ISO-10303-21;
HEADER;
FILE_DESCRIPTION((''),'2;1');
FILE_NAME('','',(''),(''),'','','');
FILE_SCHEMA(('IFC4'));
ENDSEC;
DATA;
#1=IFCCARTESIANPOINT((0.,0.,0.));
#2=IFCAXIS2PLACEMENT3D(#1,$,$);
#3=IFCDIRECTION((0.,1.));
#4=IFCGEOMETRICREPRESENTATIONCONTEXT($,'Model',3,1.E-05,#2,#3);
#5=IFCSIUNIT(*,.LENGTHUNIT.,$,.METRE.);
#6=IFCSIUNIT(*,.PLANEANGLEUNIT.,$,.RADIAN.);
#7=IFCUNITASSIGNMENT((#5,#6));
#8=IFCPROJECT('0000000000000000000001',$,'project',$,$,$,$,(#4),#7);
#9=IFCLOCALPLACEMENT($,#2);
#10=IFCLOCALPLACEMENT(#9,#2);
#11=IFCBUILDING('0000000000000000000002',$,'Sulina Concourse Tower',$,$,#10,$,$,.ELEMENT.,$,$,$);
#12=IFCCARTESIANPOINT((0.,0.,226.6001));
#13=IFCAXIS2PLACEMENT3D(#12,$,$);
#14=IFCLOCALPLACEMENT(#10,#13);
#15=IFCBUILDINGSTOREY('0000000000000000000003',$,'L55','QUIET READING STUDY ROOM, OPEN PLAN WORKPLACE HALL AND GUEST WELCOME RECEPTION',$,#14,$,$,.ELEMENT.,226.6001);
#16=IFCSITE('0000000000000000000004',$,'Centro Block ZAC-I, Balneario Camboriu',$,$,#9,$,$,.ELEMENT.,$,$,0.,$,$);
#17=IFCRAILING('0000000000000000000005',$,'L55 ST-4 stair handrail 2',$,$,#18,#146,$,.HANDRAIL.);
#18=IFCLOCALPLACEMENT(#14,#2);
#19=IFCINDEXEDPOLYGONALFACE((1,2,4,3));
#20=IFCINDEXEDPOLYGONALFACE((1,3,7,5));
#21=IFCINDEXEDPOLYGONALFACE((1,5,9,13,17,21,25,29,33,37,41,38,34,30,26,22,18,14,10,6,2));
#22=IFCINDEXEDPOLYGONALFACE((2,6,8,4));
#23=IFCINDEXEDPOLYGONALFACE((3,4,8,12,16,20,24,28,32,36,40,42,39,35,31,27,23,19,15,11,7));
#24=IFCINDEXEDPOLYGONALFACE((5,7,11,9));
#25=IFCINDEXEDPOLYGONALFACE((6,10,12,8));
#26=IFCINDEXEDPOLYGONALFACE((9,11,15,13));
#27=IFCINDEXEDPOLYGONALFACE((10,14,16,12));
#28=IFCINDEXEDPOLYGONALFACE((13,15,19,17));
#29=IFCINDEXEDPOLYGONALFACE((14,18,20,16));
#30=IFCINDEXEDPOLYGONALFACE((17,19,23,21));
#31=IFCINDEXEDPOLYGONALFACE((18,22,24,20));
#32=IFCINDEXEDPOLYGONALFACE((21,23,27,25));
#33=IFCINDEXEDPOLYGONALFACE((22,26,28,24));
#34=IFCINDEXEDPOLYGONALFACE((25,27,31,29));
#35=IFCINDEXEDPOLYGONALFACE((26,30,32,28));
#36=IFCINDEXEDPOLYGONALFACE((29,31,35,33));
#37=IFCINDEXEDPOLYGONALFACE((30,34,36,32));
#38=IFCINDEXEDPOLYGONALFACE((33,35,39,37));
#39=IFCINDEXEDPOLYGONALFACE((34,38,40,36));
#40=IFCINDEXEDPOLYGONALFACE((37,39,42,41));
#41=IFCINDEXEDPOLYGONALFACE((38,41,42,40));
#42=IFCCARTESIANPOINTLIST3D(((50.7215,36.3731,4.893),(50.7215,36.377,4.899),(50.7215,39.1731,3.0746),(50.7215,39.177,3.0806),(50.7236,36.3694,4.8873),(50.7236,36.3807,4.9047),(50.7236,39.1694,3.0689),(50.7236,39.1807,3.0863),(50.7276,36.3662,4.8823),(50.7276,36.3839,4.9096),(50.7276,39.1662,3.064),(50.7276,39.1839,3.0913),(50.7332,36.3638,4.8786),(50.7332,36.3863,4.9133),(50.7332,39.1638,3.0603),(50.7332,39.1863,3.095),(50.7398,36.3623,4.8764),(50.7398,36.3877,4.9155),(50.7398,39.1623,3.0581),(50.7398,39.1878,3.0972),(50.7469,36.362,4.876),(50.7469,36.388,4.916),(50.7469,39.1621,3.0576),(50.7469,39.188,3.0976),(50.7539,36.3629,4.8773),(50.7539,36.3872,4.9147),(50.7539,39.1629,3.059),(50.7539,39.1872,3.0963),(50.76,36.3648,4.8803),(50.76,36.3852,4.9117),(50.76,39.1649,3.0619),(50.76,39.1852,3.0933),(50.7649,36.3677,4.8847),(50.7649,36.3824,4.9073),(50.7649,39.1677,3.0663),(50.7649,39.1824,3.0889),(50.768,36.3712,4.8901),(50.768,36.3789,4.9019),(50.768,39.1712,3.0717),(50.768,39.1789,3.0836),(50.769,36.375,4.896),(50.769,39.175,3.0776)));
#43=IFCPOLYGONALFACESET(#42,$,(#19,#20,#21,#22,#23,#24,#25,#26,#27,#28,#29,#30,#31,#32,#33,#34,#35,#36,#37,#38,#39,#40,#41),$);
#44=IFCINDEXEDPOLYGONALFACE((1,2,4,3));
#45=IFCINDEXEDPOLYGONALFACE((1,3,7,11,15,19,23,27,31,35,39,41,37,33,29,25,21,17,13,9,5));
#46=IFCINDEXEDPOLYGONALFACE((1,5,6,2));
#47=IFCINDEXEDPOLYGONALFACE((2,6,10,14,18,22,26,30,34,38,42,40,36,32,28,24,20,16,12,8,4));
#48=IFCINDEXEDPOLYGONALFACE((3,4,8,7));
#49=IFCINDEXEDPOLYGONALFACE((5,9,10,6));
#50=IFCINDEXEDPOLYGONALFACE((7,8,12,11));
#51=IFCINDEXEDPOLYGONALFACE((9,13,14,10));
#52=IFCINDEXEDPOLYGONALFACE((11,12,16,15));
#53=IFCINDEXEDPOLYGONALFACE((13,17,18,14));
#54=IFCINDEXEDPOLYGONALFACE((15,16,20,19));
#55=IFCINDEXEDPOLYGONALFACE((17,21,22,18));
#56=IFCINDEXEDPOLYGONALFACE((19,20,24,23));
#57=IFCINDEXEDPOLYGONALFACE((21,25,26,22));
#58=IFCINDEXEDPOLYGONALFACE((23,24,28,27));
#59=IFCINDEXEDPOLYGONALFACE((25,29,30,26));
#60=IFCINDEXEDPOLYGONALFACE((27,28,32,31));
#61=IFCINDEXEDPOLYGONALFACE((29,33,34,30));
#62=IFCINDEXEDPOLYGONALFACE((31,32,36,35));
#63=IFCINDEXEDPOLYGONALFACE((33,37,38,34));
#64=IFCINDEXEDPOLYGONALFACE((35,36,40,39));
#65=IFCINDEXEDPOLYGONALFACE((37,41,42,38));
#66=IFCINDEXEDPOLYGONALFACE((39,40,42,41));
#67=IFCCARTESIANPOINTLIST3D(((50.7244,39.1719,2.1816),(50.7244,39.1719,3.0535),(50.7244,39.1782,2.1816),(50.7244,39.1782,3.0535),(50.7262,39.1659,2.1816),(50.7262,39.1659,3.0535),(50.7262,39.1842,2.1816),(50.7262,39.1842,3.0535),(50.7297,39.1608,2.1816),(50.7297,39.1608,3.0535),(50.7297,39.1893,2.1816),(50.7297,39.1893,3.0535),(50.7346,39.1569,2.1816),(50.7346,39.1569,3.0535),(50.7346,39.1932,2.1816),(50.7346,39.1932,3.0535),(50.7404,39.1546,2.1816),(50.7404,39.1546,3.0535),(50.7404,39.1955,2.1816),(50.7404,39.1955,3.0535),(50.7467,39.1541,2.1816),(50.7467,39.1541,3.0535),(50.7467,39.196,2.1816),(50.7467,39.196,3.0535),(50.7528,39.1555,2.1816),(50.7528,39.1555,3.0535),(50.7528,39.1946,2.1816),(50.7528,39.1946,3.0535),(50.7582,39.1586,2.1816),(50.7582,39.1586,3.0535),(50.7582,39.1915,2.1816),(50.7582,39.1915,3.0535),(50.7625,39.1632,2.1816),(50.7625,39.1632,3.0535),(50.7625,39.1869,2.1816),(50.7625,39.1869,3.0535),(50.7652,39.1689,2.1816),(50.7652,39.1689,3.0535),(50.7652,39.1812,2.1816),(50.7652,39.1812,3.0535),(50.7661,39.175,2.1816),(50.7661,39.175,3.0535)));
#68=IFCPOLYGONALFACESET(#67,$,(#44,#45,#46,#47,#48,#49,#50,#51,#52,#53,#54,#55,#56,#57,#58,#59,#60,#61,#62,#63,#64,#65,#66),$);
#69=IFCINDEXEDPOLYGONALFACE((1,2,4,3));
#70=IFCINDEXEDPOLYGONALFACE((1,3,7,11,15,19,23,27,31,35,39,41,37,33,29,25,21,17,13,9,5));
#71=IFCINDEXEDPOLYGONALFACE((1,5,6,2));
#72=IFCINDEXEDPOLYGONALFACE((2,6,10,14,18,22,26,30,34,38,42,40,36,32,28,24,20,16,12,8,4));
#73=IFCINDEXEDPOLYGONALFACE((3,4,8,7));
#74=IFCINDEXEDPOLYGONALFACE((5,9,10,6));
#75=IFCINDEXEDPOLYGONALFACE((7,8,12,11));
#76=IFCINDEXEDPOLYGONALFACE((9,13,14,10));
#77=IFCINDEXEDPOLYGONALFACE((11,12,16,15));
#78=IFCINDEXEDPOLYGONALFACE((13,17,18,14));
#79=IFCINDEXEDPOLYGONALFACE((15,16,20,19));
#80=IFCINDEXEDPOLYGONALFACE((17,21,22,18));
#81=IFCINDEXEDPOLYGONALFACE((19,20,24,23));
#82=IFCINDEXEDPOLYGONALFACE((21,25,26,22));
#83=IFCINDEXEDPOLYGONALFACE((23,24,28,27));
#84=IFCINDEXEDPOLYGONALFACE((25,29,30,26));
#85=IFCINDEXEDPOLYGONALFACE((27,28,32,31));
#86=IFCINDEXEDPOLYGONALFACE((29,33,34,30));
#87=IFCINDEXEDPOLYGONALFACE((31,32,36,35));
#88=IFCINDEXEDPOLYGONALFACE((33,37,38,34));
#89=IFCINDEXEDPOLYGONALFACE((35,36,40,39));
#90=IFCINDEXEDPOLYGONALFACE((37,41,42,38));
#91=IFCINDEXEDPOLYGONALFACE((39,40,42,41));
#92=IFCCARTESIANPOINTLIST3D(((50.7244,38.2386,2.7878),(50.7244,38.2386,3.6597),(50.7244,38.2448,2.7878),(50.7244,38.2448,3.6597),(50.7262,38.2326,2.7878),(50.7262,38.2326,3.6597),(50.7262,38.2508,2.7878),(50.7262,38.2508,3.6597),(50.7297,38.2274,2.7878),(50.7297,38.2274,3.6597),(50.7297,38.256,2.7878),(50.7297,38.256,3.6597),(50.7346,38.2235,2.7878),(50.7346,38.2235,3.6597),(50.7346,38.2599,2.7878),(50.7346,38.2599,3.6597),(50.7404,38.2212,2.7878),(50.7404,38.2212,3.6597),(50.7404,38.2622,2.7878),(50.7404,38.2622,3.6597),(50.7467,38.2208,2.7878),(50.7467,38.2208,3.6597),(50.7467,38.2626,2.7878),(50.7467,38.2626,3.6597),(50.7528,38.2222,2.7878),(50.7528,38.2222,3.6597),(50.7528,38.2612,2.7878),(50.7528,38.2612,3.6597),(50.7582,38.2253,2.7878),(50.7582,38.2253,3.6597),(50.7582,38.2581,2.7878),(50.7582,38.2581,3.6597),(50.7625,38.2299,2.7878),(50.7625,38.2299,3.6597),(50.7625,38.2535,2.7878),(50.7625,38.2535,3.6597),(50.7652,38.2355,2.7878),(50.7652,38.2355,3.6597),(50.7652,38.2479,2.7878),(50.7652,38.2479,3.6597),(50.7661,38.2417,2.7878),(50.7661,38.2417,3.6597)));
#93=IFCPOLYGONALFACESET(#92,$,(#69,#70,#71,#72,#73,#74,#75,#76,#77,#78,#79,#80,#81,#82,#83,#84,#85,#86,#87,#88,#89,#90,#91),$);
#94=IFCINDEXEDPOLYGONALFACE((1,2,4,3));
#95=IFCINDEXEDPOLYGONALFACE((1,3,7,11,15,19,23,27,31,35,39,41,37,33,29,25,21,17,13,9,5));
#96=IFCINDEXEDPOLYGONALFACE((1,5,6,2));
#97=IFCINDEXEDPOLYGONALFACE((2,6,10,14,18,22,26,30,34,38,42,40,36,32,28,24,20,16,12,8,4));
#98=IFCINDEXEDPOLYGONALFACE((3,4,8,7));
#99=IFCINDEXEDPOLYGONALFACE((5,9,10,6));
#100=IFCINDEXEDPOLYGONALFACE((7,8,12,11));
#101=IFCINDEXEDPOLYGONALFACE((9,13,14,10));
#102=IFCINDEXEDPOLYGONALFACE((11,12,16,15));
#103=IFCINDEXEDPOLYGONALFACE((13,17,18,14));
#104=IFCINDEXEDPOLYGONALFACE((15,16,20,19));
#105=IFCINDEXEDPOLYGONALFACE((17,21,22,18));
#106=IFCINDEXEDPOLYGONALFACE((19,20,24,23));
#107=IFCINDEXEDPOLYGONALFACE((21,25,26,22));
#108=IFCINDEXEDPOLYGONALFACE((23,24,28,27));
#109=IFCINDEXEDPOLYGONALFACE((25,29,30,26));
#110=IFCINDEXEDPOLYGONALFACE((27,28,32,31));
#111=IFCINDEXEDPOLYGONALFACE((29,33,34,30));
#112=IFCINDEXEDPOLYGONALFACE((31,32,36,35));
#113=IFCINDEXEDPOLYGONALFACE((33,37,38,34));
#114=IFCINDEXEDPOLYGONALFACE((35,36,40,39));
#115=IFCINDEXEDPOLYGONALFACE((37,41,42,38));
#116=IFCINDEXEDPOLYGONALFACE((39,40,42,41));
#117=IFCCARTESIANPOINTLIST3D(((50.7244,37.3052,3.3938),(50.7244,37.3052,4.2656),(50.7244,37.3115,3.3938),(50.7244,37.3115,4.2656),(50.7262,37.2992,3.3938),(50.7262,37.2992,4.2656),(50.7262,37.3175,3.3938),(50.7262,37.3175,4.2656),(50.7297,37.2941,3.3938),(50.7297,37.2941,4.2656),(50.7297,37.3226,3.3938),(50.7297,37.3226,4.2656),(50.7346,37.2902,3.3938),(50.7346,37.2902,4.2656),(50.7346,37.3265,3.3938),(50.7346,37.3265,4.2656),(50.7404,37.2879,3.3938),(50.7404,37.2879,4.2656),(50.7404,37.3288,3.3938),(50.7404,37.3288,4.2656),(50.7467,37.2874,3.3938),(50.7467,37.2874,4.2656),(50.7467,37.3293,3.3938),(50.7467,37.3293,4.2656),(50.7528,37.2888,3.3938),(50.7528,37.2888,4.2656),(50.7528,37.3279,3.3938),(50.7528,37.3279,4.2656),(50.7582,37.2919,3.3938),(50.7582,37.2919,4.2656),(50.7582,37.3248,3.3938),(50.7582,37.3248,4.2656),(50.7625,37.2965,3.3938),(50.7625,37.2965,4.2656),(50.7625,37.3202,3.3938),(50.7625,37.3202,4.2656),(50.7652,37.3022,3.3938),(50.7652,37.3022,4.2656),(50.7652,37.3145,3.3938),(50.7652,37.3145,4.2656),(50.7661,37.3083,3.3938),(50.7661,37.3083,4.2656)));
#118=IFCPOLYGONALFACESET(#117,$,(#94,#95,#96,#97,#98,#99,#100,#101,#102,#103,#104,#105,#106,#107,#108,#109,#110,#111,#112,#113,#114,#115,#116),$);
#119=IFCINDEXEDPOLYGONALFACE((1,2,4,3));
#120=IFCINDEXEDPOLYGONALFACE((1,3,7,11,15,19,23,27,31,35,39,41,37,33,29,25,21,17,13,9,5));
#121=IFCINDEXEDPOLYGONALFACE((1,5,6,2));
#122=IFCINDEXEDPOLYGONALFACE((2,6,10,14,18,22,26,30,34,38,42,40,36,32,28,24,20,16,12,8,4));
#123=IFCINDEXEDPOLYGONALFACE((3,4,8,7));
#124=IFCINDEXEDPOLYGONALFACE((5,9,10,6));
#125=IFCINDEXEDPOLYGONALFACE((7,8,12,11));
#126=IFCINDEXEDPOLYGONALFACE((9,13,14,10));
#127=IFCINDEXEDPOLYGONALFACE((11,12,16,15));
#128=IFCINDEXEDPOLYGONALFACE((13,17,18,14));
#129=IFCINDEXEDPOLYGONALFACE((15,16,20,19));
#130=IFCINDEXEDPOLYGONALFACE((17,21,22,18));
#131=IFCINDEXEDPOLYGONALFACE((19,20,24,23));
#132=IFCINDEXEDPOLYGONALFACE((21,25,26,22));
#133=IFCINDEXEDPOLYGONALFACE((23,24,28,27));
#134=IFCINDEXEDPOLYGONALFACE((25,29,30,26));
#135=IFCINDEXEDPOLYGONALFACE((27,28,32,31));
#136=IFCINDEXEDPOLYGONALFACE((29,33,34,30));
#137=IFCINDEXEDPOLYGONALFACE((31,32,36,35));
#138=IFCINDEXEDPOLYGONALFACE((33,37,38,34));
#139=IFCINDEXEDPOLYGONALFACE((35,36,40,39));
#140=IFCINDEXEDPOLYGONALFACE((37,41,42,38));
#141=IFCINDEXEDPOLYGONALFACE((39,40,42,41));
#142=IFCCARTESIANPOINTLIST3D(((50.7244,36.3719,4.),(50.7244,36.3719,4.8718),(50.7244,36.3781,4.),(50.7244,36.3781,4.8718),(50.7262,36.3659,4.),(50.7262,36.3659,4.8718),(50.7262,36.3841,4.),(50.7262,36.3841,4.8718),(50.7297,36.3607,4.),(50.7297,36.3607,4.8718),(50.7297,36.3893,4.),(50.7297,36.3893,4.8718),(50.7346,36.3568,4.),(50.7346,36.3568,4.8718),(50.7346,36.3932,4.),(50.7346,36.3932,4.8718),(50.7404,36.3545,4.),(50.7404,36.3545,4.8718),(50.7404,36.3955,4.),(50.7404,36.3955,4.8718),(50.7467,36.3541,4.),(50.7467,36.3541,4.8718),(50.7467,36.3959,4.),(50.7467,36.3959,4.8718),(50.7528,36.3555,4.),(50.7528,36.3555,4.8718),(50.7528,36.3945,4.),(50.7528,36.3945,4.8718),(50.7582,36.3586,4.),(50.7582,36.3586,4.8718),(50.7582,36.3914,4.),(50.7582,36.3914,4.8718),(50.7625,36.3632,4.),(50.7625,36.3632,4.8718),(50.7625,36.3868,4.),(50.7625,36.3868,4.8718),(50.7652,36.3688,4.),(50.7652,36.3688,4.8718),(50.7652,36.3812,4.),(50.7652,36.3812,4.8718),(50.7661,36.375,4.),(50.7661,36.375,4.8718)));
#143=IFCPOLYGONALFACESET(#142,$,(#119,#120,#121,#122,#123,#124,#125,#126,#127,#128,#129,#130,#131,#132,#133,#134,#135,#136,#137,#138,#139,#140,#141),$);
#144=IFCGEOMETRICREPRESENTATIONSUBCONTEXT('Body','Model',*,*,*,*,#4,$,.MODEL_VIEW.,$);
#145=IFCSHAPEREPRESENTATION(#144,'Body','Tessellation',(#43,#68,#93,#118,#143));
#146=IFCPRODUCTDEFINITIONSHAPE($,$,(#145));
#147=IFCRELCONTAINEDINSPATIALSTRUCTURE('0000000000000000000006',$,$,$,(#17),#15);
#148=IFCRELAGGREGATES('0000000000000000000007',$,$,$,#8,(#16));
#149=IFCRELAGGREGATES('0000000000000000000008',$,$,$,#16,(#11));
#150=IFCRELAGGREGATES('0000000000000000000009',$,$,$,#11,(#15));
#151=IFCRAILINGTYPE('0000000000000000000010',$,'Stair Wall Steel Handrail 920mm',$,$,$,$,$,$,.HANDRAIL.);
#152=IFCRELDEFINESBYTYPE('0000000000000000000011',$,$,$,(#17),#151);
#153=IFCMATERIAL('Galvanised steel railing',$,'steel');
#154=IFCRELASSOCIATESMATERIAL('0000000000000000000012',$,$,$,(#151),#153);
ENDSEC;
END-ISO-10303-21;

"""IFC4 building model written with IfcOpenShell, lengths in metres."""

from ifc_helpers import new_model, si_unit, direction, frame, origin, origin_2d, place, context, subcontext, project, spatial, circle, extrude, material, type_object, element, save


model = new_model("IFC4")

# Units and contexts
model_context = context("Model", 3, precision=1e-05, world=origin(), true_north=direction((0.0, 1.0)))
body_context = subcontext(model_context, "Body", "Model", "MODEL_VIEW")
ifc_project = project(units=[si_unit("LENGTHUNIT", "METRE"), si_unit("PLANEANGLEUNIT", "RADIAN")], contexts=[model_context])

# Site, building, storey
site_placement = place(None, origin())
site = spatial("IfcSite", under=ifc_project, at=site_placement, Name="Centro Block ZAC-I, Balneario Camboriu", CompositionType="ELEMENT", RefElevation=0.0)
building_placement = place(site_placement, origin())
building = spatial("IfcBuilding", under=site, at=building_placement, Name="Sulina Concourse Tower", CompositionType="ELEMENT")
storey_placement = place(building_placement, frame((0.0, 0.0, 226.6001)))
storey = spatial("IfcBuildingStorey", under=building, at=storey_placement, Name="L55", Description="QUIET READING STUDY ROOM, OPEN PLAN WORKPLACE HALL AND GUEST WELCOME RECEPTION", CompositionType="ELEMENT", Elevation=226.6001)

# Railing
ifc_material_1 = material(Name="Galvanised steel railing", Category="steel")
railing_type_1 = type_object("IfcRailingType", Name="Stair Wall Steel Handrail 920mm", PredefinedType="HANDRAIL", material=ifc_material_1)
railing_1_placement = place(storey_placement, frame((50.7451, 39.175, 2.1816)))
element("IfcRailing", 1, at=railing_1_placement, inside=storey, type_object=railing_type_1, Name="L55 ST-4 stair handrail 2", PredefinedType="HANDRAIL", context=body_context, shape_type="SweptSolid", body=[
    extrude(circle(Radius=0.0239, at=origin_2d()), frame((0.0, 0.0, 0.896), z_axis=(0.0, -0.838672, 0.544636), x_axis=(1.0, 0.0, 0.0)), (0.0, 0.0, 1.0), 3.3386),
    extrude(circle(Radius=0.021, at=origin_2d()), origin(), (0.0, 0.0, 1.0), 0.8718),
    extrude(circle(Radius=0.021, at=origin_2d()), frame((0.0, -0.9333, 0.6062)), (0.0, 0.0, 1.0), 0.8718),
    extrude(circle(Radius=0.021, at=origin_2d()), frame((0.0, -1.8667, 1.2122)), (0.0, 0.0, 1.0), 0.8718),
    extrude(circle(Radius=0.021, at=origin_2d()), frame((0.0, -2.8, 1.8184)), (0.0, 0.0, 1.0), 0.8718),
])

save(model, "model.ifc")
